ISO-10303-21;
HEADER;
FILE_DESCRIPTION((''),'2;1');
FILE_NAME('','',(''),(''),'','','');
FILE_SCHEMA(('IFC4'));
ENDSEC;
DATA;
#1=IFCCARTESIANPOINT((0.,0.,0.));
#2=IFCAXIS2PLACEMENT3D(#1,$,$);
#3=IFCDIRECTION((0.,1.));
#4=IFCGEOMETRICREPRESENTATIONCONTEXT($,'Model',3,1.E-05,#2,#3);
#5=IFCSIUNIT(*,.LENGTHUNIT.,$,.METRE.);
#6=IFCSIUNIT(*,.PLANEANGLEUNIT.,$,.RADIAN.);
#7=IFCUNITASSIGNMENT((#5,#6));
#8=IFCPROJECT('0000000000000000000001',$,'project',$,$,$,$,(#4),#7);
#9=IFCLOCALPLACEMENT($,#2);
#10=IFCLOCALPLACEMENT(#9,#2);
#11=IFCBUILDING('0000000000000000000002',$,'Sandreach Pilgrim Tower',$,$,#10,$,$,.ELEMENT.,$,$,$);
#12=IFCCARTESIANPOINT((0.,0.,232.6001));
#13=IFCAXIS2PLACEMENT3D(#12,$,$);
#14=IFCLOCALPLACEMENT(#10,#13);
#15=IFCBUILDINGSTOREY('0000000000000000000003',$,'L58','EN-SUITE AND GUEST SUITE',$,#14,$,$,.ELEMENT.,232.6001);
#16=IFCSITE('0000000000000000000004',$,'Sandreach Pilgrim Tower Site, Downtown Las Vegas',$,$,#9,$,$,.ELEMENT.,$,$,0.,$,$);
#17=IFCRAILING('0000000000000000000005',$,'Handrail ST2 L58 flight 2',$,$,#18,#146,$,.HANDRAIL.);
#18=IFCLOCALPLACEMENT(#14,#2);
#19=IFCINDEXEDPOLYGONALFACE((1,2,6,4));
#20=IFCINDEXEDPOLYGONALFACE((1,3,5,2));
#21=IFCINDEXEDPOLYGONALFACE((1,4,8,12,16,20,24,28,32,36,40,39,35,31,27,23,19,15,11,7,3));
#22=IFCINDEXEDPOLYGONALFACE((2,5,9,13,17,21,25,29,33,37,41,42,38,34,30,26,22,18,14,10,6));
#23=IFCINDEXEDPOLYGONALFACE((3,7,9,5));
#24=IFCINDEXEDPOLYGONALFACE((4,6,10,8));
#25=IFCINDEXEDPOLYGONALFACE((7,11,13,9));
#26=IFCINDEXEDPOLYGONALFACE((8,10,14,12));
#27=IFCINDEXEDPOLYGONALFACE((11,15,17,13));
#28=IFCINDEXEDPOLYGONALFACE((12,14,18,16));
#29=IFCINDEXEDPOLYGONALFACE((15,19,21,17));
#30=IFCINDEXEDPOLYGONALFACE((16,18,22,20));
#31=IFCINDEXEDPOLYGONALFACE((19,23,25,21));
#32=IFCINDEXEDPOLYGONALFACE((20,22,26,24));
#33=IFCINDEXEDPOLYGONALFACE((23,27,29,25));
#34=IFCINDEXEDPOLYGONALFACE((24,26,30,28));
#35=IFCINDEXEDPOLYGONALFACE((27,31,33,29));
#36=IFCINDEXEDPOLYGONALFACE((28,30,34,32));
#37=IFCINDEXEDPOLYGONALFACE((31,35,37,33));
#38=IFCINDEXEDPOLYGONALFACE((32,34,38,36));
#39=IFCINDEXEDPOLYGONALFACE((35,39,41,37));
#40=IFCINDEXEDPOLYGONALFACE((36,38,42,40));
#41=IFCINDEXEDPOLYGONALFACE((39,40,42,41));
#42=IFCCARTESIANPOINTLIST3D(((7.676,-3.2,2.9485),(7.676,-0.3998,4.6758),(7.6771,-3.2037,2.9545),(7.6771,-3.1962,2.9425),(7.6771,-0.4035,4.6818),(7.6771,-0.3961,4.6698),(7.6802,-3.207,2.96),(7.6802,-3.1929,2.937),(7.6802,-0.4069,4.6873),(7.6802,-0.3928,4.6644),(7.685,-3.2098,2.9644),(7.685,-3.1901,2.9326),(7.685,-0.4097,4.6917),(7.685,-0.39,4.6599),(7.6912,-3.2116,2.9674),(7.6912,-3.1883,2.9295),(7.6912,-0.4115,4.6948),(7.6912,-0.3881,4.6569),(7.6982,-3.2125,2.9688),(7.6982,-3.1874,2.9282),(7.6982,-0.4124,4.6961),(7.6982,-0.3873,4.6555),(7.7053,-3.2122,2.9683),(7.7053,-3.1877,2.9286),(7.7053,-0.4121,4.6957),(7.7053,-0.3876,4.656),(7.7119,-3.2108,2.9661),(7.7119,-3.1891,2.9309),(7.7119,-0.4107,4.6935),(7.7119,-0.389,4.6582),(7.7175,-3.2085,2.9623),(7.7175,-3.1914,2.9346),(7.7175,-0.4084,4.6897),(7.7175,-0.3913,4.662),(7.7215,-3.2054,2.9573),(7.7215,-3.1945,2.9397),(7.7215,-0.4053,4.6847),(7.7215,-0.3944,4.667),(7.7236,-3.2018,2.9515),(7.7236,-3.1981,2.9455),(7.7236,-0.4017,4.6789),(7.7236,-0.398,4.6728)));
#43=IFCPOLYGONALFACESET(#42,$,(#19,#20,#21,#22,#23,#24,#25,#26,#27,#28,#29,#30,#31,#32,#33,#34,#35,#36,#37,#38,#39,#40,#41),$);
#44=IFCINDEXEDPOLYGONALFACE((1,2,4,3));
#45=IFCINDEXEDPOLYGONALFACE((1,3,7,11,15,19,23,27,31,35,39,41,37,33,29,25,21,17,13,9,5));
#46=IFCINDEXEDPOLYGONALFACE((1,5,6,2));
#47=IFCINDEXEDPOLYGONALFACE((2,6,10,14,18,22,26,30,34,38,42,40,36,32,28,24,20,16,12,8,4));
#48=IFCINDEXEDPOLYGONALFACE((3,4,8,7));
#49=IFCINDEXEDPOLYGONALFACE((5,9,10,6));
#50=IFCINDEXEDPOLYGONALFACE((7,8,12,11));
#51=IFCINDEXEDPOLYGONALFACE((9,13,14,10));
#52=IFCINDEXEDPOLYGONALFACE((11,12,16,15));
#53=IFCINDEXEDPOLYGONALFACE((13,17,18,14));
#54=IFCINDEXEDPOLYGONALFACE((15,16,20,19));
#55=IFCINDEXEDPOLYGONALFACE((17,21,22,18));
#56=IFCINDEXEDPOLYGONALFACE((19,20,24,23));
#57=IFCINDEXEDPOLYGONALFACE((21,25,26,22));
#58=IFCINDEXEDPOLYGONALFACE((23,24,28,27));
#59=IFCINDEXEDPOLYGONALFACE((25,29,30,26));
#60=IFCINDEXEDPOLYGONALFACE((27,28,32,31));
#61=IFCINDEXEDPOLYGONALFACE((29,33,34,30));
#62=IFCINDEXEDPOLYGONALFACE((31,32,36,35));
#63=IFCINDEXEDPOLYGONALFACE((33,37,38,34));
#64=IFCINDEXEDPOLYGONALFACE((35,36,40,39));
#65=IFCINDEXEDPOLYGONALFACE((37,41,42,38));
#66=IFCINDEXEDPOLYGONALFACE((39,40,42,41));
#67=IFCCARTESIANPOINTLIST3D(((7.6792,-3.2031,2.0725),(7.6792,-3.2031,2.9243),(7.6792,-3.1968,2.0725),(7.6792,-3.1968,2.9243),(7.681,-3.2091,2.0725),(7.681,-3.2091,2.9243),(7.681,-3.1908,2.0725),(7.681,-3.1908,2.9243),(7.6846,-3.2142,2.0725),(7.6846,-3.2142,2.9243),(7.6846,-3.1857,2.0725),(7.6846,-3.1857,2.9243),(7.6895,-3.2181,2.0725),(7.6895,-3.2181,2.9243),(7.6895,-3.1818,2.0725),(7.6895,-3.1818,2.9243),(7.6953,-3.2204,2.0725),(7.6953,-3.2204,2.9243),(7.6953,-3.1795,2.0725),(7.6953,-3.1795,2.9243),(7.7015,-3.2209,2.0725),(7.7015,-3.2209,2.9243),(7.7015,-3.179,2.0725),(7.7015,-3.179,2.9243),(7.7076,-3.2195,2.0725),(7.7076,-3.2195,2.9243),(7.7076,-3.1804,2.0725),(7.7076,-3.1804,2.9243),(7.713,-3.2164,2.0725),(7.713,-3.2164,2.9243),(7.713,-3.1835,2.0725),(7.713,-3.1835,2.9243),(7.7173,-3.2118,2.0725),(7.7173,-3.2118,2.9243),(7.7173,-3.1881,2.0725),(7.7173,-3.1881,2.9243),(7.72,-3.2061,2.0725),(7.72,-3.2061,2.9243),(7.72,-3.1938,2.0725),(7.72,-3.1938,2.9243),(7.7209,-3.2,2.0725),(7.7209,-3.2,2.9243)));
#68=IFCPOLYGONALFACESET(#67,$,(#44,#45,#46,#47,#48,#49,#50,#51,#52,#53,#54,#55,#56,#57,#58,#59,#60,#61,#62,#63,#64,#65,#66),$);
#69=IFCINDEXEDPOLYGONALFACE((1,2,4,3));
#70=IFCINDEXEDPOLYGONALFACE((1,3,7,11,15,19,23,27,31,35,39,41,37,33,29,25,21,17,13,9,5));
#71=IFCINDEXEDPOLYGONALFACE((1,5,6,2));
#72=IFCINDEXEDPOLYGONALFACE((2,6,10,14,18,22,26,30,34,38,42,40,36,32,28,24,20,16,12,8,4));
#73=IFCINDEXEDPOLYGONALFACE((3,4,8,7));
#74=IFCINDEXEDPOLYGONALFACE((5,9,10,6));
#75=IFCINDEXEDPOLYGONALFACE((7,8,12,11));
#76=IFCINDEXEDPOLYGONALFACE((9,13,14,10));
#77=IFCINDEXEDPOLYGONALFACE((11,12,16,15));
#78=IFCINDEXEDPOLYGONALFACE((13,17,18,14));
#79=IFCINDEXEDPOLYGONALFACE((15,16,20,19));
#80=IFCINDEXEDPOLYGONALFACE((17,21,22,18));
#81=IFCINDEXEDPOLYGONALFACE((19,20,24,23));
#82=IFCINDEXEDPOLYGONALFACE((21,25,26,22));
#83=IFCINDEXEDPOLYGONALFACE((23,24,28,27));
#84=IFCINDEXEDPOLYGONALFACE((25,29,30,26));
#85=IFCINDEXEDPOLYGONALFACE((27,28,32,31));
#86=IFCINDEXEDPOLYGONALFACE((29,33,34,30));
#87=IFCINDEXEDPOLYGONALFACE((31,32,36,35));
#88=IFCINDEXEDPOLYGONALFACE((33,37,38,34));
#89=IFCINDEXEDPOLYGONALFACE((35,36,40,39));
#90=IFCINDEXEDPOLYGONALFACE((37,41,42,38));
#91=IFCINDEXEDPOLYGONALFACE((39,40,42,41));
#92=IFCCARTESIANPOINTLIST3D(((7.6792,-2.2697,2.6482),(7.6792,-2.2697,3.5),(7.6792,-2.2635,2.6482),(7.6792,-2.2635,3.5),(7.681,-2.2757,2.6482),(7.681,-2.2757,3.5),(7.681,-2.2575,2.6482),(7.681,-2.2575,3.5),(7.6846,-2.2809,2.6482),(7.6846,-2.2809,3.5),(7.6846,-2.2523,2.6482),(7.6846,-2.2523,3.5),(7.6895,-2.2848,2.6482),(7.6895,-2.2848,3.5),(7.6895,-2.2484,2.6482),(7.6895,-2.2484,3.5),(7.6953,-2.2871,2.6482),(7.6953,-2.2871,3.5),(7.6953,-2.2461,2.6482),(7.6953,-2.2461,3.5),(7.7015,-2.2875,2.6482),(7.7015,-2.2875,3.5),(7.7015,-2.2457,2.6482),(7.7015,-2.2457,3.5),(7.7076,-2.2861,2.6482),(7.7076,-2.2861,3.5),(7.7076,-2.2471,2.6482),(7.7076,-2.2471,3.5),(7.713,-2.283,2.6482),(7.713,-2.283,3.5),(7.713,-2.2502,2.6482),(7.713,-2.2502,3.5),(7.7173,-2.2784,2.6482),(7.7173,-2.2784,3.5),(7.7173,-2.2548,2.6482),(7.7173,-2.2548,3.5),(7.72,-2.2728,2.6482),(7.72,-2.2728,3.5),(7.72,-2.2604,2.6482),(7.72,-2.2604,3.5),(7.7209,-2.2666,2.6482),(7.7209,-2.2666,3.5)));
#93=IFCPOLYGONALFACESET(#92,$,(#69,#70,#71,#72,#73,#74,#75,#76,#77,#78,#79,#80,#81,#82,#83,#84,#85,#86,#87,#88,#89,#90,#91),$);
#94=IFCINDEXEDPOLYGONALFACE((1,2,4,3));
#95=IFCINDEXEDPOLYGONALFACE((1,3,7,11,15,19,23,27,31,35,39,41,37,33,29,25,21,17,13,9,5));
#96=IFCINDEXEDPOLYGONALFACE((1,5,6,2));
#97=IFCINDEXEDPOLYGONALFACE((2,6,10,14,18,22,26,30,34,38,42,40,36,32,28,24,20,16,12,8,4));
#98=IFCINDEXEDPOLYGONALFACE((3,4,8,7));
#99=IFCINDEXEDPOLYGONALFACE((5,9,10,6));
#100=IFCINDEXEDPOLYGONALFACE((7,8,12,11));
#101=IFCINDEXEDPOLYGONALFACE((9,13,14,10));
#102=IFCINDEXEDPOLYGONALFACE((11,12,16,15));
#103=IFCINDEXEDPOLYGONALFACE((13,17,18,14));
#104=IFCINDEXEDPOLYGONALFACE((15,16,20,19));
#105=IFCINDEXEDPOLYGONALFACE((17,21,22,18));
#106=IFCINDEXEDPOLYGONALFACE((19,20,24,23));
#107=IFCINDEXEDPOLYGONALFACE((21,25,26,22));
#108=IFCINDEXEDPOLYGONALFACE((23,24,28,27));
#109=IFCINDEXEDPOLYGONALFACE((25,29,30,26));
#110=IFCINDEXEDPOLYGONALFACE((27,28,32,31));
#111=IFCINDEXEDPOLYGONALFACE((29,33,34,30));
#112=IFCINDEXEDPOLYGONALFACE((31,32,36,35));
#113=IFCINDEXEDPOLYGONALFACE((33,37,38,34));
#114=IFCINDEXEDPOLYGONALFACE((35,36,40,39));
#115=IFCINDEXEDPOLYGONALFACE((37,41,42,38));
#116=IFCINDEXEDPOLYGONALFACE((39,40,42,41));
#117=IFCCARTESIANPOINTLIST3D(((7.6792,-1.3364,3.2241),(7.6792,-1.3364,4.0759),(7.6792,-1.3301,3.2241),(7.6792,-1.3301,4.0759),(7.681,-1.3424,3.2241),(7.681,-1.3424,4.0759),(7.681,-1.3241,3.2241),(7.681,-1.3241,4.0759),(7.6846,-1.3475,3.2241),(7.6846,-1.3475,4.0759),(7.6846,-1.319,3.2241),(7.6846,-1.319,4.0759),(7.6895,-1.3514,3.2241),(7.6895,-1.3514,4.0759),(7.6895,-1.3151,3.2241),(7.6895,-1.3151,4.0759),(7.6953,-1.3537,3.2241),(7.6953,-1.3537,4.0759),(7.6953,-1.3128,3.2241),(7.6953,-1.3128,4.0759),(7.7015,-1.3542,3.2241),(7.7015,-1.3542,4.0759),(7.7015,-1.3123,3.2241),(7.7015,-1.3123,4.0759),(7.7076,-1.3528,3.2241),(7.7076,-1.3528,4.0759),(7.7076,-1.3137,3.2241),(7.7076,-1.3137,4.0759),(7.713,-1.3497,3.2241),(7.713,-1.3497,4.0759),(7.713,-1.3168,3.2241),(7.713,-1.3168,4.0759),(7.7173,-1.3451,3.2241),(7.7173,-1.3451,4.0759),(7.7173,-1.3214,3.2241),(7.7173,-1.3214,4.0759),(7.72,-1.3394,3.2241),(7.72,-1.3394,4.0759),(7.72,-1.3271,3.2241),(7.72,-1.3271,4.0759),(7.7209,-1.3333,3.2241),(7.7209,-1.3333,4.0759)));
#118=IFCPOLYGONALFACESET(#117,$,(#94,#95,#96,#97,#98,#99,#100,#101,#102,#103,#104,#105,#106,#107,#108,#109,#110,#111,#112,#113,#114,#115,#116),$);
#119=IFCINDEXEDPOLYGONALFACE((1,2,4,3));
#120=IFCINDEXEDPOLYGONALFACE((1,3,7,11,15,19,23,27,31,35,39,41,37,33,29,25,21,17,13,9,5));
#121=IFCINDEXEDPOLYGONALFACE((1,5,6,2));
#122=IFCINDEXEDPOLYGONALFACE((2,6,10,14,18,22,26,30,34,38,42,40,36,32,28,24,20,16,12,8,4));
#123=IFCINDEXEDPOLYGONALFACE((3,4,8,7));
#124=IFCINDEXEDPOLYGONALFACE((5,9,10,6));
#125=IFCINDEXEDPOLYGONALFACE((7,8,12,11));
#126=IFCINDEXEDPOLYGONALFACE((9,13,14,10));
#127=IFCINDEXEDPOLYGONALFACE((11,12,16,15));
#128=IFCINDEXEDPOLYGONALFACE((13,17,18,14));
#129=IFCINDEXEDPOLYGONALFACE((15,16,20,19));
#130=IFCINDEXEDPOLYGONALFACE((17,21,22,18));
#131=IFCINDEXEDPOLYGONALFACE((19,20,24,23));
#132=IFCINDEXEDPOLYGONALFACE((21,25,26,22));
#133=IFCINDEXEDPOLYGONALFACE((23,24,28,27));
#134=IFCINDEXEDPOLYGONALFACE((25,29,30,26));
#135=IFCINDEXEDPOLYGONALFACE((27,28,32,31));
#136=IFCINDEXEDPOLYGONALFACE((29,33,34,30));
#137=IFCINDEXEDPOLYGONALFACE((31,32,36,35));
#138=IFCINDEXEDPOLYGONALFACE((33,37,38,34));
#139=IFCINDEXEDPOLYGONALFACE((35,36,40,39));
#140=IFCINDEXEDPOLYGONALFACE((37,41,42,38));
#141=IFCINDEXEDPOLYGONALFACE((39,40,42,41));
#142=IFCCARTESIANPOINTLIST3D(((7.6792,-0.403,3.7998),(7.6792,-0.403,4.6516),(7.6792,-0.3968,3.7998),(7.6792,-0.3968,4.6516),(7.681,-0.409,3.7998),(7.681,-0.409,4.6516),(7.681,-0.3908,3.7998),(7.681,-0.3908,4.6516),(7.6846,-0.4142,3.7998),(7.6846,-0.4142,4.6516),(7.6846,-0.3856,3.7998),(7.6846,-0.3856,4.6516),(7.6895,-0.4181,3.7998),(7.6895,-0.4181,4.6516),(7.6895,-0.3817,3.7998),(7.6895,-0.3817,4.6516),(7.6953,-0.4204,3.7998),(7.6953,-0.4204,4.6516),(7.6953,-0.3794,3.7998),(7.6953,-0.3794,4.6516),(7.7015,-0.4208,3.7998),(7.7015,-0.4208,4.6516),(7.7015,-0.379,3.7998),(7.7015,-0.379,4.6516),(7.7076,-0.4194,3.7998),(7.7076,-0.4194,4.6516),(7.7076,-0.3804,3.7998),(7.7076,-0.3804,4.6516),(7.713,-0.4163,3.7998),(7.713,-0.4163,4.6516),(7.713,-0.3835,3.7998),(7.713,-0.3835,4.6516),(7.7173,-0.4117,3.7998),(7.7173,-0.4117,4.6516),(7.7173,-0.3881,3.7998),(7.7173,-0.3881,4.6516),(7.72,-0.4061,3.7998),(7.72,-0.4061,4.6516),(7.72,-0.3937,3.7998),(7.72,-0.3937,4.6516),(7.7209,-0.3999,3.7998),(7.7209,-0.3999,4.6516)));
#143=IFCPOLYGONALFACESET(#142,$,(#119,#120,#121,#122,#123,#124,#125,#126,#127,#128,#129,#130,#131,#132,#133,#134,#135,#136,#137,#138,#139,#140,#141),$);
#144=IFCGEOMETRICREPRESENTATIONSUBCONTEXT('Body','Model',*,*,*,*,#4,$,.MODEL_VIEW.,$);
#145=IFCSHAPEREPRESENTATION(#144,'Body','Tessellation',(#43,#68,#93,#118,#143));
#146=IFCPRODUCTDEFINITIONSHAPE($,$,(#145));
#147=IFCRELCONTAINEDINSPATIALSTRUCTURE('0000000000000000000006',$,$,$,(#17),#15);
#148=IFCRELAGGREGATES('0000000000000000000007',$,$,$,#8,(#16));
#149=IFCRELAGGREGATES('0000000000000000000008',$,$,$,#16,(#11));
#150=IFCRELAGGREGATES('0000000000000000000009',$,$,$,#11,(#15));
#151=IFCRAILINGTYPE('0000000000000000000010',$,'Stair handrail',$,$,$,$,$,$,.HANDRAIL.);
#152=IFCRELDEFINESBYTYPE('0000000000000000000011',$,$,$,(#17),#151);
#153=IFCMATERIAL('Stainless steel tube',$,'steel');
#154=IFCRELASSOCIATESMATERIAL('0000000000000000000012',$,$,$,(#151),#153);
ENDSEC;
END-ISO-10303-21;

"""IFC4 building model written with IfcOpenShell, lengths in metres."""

from ifc_helpers import new_model, si_unit, direction, frame, origin, origin_2d, place, context, subcontext, project, spatial, circle, extrude, material, type_object, element, save


model = new_model("IFC4")

# Units and contexts
model_context = context("Model", 3, precision=1e-05, world=origin(), true_north=direction((0.0, 1.0)))
body_context = subcontext(model_context, "Body", "Model", "MODEL_VIEW")
ifc_project = project(units=[si_unit("LENGTHUNIT", "METRE"), si_unit("PLANEANGLEUNIT", "RADIAN")], contexts=[model_context])

# Site, building, storey
site_placement = place(None, origin())
site = spatial("IfcSite", under=ifc_project, at=site_placement, Name="Sandreach Pilgrim Tower Site, Downtown Las Vegas", CompositionType="ELEMENT", RefElevation=0.0)
building_placement = place(site_placement, origin())
building = spatial("IfcBuilding", under=site, at=building_placement, Name="Sandreach Pilgrim Tower", CompositionType="ELEMENT")
storey_placement = place(building_placement, frame((0.0, 0.0, 232.6001)))
storey = spatial("IfcBuildingStorey", under=building, at=storey_placement, Name="L58", Description="EN-SUITE AND GUEST SUITE", CompositionType="ELEMENT", Elevation=232.6001)

# Railing
ifc_material_1 = material(Name="Stainless steel tube", Category="steel")
railing_type = type_object("IfcRailingType", Name="Stair handrail", PredefinedType="HANDRAIL", material=ifc_material_1)
for number, where, name in (
    (1, (7.7, -3.2, 2.0725), "Handrail ST2 L58 flight 2"),
):
    element("IfcRailing", number, at=place(storey_placement, frame(where)), inside=storey, type_object=railing_type, Name=name, PredefinedType="HANDRAIL", context=body_context, shape_type="SweptSolid", body=[
        extrude(circle(Radius=0.0239, at=origin_2d()), frame((0.0, 0.0, 0.876), z_axis=(0.0, 0.85109, 0.52502), x_axis=(-1.0, 0.0, 0.0)), (0.0, 0.0, 1.0), 3.29),
        extrude(circle(Radius=0.021, at=origin_2d()), origin(), (0.0, 0.0, 1.0), 0.8518),
        extrude(circle(Radius=0.021, at=origin_2d()), frame((0.0, 0.9333, 0.5757)), (0.0, 0.0, 1.0), 0.8518),
        extrude(circle(Radius=0.021, at=origin_2d()), frame((0.0, 1.8667, 1.1516)), (0.0, 0.0, 1.0), 0.8518),
        extrude(circle(Radius=0.021, at=origin_2d()), frame((0.0, 2.8, 1.7273)), (0.0, 0.0, 1.0), 0.8518),
    ])

save(model, "model.ifc")
